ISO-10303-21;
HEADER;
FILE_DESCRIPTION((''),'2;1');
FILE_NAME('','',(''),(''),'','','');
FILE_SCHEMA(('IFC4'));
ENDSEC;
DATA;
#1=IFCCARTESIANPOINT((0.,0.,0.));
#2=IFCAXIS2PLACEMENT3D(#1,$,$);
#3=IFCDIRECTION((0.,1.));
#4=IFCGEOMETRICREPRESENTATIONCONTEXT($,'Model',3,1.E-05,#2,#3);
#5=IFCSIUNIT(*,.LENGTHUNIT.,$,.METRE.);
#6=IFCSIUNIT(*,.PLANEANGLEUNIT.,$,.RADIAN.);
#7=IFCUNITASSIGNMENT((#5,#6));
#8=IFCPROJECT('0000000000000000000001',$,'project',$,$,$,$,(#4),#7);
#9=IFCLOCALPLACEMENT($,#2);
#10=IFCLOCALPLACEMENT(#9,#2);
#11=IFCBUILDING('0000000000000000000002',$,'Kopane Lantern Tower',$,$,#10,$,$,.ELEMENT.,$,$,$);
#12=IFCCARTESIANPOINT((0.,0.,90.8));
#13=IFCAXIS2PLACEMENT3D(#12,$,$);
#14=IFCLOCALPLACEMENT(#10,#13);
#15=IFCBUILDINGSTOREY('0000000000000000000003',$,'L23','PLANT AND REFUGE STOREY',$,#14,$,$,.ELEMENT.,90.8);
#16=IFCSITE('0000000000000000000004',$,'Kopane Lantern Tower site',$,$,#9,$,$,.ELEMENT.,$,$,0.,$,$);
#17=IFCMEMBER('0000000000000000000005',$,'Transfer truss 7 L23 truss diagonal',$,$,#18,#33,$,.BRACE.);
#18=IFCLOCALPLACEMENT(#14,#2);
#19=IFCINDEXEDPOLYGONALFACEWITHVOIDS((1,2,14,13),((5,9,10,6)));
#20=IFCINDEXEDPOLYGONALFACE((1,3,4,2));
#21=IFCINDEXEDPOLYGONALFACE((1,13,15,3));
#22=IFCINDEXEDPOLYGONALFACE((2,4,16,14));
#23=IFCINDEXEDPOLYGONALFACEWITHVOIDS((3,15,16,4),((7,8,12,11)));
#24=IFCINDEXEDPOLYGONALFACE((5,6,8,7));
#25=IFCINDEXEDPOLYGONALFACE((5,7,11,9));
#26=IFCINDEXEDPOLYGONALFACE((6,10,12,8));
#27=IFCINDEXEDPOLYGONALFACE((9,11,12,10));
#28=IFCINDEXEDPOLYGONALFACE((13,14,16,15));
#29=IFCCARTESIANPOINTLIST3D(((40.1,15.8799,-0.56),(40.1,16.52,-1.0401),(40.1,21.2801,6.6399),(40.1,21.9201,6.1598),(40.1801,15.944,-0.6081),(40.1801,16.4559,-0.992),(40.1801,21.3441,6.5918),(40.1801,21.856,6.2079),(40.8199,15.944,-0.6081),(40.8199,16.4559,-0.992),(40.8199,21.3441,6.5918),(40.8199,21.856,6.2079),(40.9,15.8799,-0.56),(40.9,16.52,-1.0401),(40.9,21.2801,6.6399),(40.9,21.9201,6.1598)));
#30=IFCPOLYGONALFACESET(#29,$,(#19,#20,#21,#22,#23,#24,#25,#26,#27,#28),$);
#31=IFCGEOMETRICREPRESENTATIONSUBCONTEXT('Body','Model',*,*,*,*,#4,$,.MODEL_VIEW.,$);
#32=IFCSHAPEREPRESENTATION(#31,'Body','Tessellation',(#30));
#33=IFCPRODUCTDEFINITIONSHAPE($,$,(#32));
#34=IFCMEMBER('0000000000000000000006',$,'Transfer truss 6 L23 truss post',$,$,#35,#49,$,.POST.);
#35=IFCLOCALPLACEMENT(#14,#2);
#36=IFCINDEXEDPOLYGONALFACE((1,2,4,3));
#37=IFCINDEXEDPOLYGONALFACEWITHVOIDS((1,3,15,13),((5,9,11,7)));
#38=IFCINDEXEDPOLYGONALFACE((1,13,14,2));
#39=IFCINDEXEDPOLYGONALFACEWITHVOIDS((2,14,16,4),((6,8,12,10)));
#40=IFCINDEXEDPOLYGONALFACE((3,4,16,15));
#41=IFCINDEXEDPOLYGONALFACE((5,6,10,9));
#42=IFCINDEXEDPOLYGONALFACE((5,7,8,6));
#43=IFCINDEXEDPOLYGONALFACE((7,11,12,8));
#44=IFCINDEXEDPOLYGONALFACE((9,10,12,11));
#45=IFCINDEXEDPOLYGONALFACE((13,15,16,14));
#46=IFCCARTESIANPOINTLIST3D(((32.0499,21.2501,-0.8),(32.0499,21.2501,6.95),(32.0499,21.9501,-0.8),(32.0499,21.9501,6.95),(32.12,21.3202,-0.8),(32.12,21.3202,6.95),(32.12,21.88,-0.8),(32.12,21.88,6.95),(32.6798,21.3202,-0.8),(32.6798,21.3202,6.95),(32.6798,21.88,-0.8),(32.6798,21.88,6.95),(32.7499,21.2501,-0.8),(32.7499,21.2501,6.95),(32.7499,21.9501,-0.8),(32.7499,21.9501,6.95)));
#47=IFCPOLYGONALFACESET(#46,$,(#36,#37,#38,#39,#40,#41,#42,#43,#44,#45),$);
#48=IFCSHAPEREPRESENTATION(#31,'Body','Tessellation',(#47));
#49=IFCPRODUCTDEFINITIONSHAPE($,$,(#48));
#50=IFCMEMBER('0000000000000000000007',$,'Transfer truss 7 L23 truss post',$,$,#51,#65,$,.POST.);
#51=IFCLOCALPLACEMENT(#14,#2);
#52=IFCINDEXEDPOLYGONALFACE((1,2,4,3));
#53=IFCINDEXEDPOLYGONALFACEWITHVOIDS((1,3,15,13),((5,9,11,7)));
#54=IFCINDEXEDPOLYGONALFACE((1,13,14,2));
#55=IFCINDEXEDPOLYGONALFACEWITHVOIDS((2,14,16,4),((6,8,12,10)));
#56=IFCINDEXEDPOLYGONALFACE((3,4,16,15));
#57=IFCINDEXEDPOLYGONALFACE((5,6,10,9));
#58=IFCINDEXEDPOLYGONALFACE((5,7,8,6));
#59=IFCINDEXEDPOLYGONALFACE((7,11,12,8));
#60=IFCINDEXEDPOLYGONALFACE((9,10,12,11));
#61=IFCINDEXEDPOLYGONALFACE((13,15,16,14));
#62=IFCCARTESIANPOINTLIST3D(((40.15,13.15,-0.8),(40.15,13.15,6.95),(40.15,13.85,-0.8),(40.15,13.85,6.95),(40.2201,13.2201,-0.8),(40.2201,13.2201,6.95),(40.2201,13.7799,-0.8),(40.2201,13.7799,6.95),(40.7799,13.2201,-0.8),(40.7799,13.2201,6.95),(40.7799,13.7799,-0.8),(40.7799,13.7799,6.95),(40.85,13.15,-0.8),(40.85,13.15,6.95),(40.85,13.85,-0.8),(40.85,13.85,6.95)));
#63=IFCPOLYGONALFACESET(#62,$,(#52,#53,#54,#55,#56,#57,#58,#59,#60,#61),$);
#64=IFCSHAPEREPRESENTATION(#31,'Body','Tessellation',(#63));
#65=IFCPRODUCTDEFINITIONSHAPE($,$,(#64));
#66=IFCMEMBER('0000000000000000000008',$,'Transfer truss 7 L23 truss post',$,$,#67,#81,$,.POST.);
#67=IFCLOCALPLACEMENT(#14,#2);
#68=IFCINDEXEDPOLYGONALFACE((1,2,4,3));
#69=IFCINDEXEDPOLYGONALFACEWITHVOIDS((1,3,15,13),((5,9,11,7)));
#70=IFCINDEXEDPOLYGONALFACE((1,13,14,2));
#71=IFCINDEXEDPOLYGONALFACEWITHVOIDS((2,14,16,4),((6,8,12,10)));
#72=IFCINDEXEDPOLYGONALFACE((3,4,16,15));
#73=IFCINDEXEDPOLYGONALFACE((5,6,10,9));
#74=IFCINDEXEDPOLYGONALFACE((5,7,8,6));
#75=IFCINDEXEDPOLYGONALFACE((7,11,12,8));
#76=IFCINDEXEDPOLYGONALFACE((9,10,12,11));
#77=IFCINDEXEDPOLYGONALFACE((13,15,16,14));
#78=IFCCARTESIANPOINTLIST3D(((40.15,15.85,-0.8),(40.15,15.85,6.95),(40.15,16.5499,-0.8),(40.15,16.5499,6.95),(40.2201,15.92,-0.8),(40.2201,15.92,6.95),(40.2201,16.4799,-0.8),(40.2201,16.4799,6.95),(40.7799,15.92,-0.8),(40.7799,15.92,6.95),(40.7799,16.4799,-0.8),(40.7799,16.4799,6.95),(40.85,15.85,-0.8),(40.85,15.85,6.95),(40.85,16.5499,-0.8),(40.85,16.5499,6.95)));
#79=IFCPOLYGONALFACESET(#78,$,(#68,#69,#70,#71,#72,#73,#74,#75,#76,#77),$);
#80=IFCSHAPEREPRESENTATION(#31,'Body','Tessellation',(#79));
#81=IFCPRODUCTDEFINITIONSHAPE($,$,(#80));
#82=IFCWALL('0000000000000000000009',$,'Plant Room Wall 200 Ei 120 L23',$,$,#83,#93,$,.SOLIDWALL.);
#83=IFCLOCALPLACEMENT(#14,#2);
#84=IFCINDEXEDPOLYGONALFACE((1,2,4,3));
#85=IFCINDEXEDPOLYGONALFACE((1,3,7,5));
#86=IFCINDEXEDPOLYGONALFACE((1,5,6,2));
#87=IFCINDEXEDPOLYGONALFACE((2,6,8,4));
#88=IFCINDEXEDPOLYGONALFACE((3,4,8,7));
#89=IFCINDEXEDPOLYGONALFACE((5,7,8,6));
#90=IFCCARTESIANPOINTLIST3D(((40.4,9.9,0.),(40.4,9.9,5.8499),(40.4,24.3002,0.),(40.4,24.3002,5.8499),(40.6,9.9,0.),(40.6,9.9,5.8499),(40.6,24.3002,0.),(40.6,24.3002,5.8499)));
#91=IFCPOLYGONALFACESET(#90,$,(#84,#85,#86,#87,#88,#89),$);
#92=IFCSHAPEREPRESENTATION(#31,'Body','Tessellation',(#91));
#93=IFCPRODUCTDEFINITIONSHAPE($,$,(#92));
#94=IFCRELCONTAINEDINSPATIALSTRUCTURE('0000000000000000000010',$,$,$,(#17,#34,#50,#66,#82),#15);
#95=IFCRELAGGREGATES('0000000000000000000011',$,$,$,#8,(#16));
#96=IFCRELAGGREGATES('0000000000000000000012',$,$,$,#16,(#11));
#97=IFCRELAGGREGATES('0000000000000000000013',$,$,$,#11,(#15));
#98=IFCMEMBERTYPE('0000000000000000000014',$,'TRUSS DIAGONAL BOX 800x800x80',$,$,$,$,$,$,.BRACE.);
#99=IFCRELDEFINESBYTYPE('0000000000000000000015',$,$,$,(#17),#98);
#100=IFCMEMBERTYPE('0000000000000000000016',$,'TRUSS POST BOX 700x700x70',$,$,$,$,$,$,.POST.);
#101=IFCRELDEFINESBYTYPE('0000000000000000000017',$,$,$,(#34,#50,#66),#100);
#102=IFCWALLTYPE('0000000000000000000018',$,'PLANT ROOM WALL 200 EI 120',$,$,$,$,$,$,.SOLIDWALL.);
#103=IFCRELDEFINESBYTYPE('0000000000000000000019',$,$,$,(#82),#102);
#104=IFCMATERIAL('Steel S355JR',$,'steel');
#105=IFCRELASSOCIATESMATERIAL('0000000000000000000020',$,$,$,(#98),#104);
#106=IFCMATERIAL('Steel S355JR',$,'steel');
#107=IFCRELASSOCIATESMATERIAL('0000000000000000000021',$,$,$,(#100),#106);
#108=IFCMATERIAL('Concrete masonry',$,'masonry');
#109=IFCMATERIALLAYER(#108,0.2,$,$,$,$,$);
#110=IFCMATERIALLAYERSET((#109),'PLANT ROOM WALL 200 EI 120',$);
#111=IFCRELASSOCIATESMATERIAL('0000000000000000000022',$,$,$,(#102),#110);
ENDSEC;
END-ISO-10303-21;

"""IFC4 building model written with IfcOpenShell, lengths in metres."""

from ifc_helpers import new_model, si_unit, direction, frame, frame_2d, origin, origin_2d, place, context, subcontext, project, spatial, rectangle, hollow_rectangle, extrude, material, layer, layer_set, material_profile, profile_set, type_object, element, save


model = new_model("IFC4")

# Units and contexts
model_context = context("Model", 3, precision=1e-05, world=origin(), true_north=direction((0.0, 1.0)))
body_context = subcontext(model_context, "Body", "Model", "MODEL_VIEW")
ifc_project = project(units=[si_unit("LENGTHUNIT", "METRE"), si_unit("PLANEANGLEUNIT", "RADIAN")], contexts=[model_context])

# Site, building, storey
site_placement = place(None, origin())
site = spatial("IfcSite", under=ifc_project, at=site_placement, Name="Kopane Lantern Tower site", CompositionType="ELEMENT", RefElevation=0.0)
building_placement = place(site_placement, origin())
building = spatial("IfcBuilding", under=site, at=building_placement, Name="Kopane Lantern Tower", CompositionType="ELEMENT")
storey_placement = place(building_placement, frame((0.0, 0.0, 90.8)))
storey = spatial("IfcBuildingStorey", under=building, at=storey_placement, Name="L23", Description="PLANT AND REFUGE STOREY", CompositionType="ELEMENT", Elevation=90.8)

# Members
ifc_material_1 = material(Name="Steel S355JR", Category="steel")
ifc_material_profile_1 = material_profile(ifc_material_1, hollow_rectangle(XDim=0.8, YDim=0.8, WallThickness=0.0801, at=origin_2d()), Name="BOX 800x800x80")
ifc_profile_set_1 = profile_set([ifc_material_profile_1], Name="Steel S355JR")
member_type_1 = type_object("IfcMemberType", Name="TRUSS DIAGONAL BOX 800x800x80", PredefinedType="BRACE", material=ifc_profile_set_1)
member_1_placement = place(storey_placement, frame((40.5, 16.2, -0.8), z_axis=(0.0, 0.600013, 0.79999), x_axis=(-1.0, 0.0, 0.0)))
element("IfcMember", 1, at=member_1_placement, inside=storey, type_object=member_type_1, Name="Transfer truss 7 L23 truss diagonal", PredefinedType="BRACE", context=body_context, shape_type="SweptSolid", body=[
    extrude(hollow_rectangle(XDim=0.8, YDim=0.8, WallThickness=0.0801, at=origin_2d()), origin(), (0.0, 0.0, 1.0), 9.0),
])
ifc_material_2 = material(Name="Steel S355JR", Category="steel")
ifc_material_profile_2 = material_profile(ifc_material_2, hollow_rectangle(XDim=0.7, YDim=0.7, WallThickness=0.0701, at=origin_2d()), Name="BOX 700x700x70")
ifc_profile_set_2 = profile_set([ifc_material_profile_2], Name="Steel S355JR")
member_type_2 = type_object("IfcMemberType", Name="TRUSS POST BOX 700x700x70", PredefinedType="POST", material=ifc_profile_set_2)
for number, where, z_axis, x_axis, name in (
    (2, (32.3999, 21.6001, -0.8), (0.0, 0.0, 1.0), (1.0, 0.0, 0.0), "Transfer truss 6 L23 truss post"),
    (3, (40.5, 13.5, -0.8), (0.0, 0.0, 1.0), (1.0, 0.0, 0.0), "Transfer truss 7 L23 truss post"),
    (4, (40.5, 16.2, -0.8), (0.0, 0.0, 1.0), (1.0, 0.0, 0.0), "Transfer truss 7 L23 truss post"),
):
    element("IfcMember", number, at=place(storey_placement, frame(where, z_axis=z_axis, x_axis=x_axis)), inside=storey, type_object=member_type_2, Name=name, PredefinedType="POST", context=body_context, shape_type="SweptSolid", body=[
        extrude(hollow_rectangle(XDim=0.7, YDim=0.7, WallThickness=0.0701, at=origin_2d()), origin(), (0.0, 0.0, 1.0), 7.75),
    ])

# Wall
ifc_material_3 = material(Name="Concrete masonry", Category="masonry")
ifc_layer = layer(ifc_material_3, 0.2)
ifc_layer_set = layer_set([ifc_layer], Name="PLANT ROOM WALL 200 EI 120")
wall_type = type_object("IfcWallType", Name="PLANT ROOM WALL 200 EI 120", PredefinedType="SOLIDWALL", material=ifc_layer_set)
wall_placement = place(storey_placement, frame((40.5, 9.8999, 0.0), z_axis=(0.0, 0.0, 1.0), x_axis=(0.0, 1.0, 0.0)))
element("IfcWall", 5, at=wall_placement, inside=storey, type_object=wall_type, Name="Plant Room Wall 200 Ei 120 L23", PredefinedType="SOLIDWALL", context=body_context, shape_type="SweptSolid", body=[
    extrude(rectangle(XDim=14.4001, YDim=0.2, at=frame_2d((7.2002, 0.0))), origin(), (0.0, 0.0, 1.0), 5.8499),
])

save(model, "model.ifc")
